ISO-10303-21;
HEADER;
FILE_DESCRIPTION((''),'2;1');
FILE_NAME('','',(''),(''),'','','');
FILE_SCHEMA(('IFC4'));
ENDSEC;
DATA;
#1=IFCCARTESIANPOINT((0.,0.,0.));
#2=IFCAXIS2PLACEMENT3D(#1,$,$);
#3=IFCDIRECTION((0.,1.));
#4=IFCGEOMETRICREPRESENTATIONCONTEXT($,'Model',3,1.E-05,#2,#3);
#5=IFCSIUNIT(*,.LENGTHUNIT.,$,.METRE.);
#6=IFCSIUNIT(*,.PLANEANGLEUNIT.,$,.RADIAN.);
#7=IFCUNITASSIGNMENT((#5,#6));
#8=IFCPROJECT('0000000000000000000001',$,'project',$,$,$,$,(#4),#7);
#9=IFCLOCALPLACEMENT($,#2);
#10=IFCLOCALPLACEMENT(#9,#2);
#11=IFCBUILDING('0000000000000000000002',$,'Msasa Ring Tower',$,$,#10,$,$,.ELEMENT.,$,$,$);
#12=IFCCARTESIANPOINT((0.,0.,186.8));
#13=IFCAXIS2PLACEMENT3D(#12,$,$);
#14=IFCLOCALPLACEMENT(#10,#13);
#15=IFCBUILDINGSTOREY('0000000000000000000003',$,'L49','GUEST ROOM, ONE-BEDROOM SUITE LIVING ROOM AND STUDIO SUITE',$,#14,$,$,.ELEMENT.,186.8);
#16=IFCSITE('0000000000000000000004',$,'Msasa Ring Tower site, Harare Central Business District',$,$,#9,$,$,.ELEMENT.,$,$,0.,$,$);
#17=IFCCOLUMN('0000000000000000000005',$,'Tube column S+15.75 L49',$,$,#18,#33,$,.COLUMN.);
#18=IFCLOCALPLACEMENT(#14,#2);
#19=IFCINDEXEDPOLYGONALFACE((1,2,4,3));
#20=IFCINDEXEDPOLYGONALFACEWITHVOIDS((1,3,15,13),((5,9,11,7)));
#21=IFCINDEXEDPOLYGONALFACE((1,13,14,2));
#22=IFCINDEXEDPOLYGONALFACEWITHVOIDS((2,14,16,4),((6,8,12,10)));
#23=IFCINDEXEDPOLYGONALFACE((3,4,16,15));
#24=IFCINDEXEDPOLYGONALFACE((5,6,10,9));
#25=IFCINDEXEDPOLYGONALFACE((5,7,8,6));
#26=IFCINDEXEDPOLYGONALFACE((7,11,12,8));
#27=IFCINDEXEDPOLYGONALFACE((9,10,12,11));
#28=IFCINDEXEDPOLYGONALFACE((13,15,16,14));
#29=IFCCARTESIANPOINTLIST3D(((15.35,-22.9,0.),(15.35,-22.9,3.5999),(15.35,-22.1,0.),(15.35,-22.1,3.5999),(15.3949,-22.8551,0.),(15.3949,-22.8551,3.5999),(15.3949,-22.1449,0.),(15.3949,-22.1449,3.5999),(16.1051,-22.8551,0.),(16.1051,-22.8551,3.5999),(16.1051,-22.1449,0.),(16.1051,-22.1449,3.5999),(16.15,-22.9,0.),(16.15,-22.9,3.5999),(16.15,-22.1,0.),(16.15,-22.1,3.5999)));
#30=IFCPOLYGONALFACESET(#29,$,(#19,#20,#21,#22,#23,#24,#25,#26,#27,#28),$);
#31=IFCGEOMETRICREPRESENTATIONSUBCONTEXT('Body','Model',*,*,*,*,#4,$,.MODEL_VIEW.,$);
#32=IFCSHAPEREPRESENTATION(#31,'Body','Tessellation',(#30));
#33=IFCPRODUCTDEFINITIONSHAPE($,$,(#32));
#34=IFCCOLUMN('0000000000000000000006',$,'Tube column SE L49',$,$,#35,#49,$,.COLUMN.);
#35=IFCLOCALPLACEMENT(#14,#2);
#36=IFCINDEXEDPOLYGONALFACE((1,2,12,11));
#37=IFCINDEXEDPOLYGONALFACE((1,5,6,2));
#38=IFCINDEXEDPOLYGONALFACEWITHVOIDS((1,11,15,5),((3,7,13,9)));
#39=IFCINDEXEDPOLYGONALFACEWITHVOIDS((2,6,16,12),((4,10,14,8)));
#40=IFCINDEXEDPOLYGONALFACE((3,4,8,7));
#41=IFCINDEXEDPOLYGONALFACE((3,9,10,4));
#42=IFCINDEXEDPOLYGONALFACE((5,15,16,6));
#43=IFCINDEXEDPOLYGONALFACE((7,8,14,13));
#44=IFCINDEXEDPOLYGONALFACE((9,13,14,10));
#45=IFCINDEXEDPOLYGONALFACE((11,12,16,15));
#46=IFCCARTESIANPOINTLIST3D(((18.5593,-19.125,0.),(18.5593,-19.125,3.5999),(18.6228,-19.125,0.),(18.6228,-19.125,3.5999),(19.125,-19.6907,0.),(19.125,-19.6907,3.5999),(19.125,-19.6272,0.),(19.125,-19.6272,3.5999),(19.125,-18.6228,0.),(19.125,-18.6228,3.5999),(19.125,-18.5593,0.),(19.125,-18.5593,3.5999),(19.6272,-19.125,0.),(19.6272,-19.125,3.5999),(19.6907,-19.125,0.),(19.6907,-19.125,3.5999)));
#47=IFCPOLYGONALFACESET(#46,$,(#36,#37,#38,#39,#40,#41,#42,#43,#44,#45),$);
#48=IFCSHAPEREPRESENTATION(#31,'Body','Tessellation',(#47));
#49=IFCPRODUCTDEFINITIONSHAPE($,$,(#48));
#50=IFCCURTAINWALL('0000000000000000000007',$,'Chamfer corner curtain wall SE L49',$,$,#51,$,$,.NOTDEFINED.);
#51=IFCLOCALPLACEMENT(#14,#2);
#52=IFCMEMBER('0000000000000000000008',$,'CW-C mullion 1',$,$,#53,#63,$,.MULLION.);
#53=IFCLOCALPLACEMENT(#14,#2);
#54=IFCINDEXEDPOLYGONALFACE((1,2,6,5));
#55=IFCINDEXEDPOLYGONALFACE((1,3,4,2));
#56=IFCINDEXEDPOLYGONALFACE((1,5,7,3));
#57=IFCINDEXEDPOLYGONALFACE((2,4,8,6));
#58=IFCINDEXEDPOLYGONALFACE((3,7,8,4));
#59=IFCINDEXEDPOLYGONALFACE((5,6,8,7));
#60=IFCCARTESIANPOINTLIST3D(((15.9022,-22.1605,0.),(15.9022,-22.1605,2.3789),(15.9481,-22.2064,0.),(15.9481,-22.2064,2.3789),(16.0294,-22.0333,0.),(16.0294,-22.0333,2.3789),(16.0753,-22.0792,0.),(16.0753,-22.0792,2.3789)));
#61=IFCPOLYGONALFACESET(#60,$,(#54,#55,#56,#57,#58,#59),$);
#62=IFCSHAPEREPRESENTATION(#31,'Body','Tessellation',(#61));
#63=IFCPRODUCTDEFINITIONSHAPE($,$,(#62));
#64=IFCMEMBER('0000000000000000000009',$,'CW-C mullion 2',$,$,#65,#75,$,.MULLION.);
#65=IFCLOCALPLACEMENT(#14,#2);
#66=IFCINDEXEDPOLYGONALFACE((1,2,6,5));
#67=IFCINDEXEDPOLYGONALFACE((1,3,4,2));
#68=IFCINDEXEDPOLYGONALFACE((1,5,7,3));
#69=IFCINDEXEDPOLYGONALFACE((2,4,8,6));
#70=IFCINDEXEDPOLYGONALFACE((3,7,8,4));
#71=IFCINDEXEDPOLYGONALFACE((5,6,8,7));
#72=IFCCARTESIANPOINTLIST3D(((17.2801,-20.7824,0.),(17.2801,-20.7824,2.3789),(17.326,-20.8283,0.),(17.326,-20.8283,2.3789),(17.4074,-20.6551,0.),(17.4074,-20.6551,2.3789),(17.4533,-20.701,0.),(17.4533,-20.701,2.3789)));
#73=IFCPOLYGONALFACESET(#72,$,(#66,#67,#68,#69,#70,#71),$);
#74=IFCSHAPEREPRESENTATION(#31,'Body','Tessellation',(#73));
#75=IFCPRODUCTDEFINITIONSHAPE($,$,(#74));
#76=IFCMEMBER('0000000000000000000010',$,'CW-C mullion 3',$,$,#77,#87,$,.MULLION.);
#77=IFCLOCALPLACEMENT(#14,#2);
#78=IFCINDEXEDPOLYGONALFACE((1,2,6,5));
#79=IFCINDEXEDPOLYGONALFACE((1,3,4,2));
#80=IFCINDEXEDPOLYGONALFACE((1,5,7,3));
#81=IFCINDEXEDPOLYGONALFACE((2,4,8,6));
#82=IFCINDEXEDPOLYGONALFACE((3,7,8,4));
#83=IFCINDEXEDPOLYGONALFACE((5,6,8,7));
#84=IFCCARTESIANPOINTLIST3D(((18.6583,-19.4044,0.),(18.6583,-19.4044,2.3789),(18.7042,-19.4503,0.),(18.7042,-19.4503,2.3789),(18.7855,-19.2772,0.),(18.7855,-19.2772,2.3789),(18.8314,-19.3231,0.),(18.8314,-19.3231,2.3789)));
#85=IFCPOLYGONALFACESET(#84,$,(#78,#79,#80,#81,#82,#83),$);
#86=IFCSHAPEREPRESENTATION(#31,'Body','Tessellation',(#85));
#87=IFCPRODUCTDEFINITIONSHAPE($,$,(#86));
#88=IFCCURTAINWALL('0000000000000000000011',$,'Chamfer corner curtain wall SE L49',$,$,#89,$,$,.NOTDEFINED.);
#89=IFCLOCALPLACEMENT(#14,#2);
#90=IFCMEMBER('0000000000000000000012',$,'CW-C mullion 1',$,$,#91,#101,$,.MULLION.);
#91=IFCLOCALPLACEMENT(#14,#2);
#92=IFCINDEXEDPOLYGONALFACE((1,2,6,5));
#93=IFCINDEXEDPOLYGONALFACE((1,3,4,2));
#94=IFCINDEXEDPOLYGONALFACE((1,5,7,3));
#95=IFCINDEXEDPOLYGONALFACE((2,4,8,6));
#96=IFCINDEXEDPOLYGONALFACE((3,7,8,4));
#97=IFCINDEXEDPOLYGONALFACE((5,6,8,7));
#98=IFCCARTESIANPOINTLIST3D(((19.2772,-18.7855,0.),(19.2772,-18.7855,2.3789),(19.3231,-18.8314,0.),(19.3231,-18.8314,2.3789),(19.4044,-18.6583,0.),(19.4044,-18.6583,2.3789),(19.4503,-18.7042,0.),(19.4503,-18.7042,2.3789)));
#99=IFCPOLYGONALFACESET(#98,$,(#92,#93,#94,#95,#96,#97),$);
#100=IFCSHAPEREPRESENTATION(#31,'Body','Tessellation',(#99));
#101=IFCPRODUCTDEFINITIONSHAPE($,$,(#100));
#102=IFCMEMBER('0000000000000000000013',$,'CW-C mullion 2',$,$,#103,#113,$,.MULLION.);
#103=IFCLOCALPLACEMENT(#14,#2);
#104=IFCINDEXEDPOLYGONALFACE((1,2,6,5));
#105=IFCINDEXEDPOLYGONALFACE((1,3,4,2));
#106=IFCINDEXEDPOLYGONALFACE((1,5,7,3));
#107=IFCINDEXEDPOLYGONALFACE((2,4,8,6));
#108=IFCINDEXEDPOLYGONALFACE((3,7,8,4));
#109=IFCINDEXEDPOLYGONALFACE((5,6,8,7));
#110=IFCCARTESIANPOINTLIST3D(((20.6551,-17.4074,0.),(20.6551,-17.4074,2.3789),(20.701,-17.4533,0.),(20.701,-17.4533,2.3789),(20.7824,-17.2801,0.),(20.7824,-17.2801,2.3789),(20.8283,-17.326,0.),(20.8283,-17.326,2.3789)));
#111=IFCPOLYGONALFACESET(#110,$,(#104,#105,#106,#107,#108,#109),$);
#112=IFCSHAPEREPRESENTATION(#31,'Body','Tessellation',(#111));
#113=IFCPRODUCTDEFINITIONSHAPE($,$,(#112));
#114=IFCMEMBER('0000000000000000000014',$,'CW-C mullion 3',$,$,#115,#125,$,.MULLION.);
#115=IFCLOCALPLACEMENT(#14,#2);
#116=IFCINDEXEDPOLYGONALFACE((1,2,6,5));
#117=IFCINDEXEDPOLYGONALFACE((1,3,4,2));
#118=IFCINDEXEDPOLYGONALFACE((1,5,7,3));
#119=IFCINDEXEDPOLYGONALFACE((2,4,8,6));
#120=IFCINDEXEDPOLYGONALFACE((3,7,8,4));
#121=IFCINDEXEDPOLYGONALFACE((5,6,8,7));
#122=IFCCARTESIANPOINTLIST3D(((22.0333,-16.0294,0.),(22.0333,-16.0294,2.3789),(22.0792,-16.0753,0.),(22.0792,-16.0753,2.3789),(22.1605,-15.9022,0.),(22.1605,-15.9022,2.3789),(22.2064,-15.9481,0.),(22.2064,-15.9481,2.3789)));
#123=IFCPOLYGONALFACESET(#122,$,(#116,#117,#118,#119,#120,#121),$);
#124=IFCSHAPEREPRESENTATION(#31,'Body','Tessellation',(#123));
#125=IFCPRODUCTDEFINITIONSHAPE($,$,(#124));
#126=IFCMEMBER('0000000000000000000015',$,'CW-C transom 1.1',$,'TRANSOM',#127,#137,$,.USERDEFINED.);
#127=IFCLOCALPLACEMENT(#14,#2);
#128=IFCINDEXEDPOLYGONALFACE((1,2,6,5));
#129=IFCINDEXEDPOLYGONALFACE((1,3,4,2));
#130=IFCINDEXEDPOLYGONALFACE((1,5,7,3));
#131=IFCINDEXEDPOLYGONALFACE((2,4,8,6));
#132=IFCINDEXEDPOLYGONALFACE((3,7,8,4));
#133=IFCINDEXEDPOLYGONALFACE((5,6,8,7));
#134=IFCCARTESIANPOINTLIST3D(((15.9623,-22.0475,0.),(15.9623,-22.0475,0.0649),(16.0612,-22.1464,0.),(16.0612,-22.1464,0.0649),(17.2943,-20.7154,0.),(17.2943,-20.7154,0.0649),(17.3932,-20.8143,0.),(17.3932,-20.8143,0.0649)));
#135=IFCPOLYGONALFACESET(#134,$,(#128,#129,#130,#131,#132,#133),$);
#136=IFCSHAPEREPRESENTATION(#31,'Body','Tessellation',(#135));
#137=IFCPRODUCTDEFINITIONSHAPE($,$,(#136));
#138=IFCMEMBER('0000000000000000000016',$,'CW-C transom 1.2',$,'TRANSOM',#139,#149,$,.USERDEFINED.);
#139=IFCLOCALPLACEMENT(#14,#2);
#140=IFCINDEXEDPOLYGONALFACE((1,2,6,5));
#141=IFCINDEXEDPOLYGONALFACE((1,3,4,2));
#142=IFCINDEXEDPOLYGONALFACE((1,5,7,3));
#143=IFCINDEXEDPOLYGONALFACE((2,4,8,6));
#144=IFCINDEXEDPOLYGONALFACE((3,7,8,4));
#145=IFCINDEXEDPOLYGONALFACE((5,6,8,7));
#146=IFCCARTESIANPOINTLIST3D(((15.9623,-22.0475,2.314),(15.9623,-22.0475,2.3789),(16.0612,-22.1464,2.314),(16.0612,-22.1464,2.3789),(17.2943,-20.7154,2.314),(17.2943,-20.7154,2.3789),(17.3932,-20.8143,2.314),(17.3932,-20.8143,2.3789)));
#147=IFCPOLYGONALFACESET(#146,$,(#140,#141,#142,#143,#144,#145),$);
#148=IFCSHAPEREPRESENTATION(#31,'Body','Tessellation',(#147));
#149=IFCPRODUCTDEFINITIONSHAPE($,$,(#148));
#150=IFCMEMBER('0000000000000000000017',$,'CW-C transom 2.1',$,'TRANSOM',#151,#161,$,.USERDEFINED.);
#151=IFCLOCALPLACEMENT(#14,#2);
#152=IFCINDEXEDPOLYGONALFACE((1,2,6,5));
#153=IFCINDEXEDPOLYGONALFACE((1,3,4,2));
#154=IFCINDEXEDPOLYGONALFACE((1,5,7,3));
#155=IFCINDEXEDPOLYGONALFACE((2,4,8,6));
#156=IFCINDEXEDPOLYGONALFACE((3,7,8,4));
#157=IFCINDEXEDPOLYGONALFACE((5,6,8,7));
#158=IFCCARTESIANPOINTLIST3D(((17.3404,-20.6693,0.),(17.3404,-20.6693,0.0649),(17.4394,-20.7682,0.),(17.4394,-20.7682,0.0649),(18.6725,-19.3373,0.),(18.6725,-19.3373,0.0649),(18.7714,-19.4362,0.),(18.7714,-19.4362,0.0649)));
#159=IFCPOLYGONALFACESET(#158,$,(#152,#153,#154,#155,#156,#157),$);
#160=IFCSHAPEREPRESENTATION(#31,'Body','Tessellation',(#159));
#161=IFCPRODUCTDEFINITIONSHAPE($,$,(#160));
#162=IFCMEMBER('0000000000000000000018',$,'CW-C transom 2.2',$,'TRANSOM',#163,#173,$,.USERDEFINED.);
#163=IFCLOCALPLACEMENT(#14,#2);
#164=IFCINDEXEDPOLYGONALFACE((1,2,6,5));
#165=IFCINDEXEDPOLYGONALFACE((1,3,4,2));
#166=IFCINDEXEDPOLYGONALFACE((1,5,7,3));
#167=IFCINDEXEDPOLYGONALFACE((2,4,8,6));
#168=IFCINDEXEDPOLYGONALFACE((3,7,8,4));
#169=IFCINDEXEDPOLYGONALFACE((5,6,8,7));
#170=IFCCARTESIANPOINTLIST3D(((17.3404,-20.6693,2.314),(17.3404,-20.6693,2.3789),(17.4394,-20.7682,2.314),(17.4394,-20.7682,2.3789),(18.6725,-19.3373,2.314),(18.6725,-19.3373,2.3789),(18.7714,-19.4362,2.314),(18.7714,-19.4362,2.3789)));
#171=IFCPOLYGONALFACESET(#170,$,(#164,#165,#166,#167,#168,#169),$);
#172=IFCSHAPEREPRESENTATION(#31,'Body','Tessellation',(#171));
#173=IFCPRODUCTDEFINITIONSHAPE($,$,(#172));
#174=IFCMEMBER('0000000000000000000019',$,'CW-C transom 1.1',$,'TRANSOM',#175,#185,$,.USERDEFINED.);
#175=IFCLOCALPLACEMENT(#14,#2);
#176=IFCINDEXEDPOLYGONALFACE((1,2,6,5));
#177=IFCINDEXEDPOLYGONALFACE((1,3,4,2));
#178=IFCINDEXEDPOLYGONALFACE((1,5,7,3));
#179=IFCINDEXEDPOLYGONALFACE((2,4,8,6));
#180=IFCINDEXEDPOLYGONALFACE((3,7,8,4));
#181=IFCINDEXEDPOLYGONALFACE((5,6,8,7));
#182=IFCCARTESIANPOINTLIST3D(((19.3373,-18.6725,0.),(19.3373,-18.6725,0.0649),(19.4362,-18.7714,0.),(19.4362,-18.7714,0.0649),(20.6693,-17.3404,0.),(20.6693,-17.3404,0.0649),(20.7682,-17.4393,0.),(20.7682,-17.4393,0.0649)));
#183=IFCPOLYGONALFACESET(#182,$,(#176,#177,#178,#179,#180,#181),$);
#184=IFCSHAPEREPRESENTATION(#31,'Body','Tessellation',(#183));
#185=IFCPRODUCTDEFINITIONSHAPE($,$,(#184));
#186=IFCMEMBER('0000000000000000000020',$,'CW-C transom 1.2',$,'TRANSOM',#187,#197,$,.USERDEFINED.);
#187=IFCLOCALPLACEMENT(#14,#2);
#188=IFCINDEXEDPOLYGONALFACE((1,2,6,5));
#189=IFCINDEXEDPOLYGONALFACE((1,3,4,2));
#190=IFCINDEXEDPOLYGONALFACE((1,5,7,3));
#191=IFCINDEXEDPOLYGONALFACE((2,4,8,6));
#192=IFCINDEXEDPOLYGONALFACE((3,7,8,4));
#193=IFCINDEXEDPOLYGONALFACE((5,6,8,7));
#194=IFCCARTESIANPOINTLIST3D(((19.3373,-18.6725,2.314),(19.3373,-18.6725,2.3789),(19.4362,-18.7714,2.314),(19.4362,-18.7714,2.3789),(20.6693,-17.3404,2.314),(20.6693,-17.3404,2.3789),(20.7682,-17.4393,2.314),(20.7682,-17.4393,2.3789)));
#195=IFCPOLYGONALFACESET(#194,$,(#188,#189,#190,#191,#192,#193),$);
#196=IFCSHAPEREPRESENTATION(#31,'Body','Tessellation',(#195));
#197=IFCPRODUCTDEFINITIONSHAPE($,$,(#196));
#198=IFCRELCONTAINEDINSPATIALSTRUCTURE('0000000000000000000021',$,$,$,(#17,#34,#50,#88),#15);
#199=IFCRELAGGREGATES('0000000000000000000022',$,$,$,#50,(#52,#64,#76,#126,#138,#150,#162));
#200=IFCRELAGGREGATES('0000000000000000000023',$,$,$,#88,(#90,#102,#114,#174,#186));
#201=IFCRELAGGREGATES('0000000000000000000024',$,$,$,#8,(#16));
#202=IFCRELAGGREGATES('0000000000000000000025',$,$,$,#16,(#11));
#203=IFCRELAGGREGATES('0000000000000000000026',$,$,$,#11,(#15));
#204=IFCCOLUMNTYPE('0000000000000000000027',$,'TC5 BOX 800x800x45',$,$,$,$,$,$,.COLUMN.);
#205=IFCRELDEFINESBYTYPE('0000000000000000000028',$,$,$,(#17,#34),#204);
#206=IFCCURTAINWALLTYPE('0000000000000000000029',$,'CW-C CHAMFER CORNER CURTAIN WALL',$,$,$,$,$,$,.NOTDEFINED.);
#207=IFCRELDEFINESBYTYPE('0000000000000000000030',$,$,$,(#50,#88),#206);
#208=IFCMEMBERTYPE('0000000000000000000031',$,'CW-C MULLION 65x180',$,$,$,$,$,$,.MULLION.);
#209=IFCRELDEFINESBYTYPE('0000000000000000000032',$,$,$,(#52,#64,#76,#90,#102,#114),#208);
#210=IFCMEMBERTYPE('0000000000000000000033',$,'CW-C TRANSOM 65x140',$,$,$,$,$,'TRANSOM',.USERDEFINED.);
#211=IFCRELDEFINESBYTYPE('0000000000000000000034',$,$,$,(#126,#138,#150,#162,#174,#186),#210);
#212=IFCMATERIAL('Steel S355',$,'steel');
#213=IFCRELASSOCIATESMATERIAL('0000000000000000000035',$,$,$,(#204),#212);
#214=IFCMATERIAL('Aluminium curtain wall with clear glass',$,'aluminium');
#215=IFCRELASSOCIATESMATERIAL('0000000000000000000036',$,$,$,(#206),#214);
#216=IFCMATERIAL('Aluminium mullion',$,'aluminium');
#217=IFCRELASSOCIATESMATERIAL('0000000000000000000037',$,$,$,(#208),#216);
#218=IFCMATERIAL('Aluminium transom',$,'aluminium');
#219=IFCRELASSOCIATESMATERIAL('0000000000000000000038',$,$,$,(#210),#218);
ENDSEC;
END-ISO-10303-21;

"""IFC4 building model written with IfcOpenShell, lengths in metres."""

from ifc_helpers import new_model, si_unit, direction, frame, origin, origin_2d, place, context, subcontext, project, spatial, rectangle, hollow_rectangle, extrude, material, material_profile, profile_set, type_object, element, aggregate, save


model = new_model("IFC4")

# Units and contexts
model_context = context("Model", 3, precision=1e-05, world=origin(), true_north=direction((0.0, 1.0)))
body_context = subcontext(model_context, "Body", "Model", "MODEL_VIEW")
ifc_project = project(units=[si_unit("LENGTHUNIT", "METRE"), si_unit("PLANEANGLEUNIT", "RADIAN")], contexts=[model_context])

# Site, building, storey
site_placement = place(None, origin())
site = spatial("IfcSite", under=ifc_project, at=site_placement, Name="Msasa Ring Tower site, Harare Central Business District", CompositionType="ELEMENT", RefElevation=0.0)
building_placement = place(site_placement, origin())
building = spatial("IfcBuilding", under=site, at=building_placement, Name="Msasa Ring Tower", CompositionType="ELEMENT")
storey_placement = place(building_placement, frame((0.0, 0.0, 186.8)))
storey = spatial("IfcBuildingStorey", under=building, at=storey_placement, Name="L49", Description="GUEST ROOM, ONE-BEDROOM SUITE LIVING ROOM AND STUDIO SUITE", CompositionType="ELEMENT", Elevation=186.8)

# Columns
ifc_material_1 = material(Name="Steel S355", Category="steel")
ifc_material_profile_1 = material_profile(ifc_material_1, hollow_rectangle(XDim=0.8, YDim=0.8, WallThickness=0.0449, at=origin_2d()), Name="BOX 800x800x45")
ifc_profile_set_1 = profile_set([ifc_material_profile_1], Name="Steel S355")
column_type = type_object("IfcColumnType", Name="TC5 BOX 800x800x45", PredefinedType="COLUMN", material=ifc_profile_set_1)
for number, where, z_axis, x_axis, name in (
    (1, (15.75, -22.5, 0.0), (0.0, 0.0, 1.0), (0.0, 1.0, 0.0), "Tube column S+15.75 L49"),
    (2, (19.125, -19.125, 0.0), (0.0, 0.0, 1.0), (0.707107, -0.707107, 0.0), "Tube column SE L49"),
):
    element("IfcColumn", number, at=place(storey_placement, frame(where, z_axis=z_axis, x_axis=x_axis)), inside=storey, type_object=column_type, Name=name, PredefinedType="COLUMN", context=body_context, shape_type="SweptSolid", body=[
        extrude(hollow_rectangle(XDim=0.8, YDim=0.8, WallThickness=0.0449, at=origin_2d()), origin(), (0.0, 0.0, 1.0), 3.5999),
    ])

# Curtain walls, members
ifc_material_2 = material(Name="Aluminium curtain wall with clear glass", Category="aluminium")
curtain_wall_type = type_object("IfcCurtainWallType", Name="CW-C CHAMFER CORNER CURTAIN WALL", PredefinedType="NOTDEFINED", material=ifc_material_2)
curtain_wall_1_placement = place(storey_placement, origin())
curtain_wall_1 = element("IfcCurtainWall", 3, at=curtain_wall_1_placement, inside=storey, type_object=curtain_wall_type, Name="Chamfer corner curtain wall SE L49", PredefinedType="NOTDEFINED")
ifc_material_3 = material(Name="Aluminium mullion", Category="aluminium")
ifc_material_profile_2 = material_profile(ifc_material_3, rectangle(XDim=0.0649, YDim=0.1799, at=origin_2d()), Name="AL 65x180")
ifc_profile_set_2 = profile_set([ifc_material_profile_2], Name="Aluminium mullion")
member_type_1 = type_object("IfcMemberType", Name="CW-C MULLION 65x180", PredefinedType="MULLION", material=ifc_profile_set_2)
member_1_placement = place(storey_placement, frame((15.9888, -22.1199, 0.0), z_axis=(0.0, 0.0, 1.0), x_axis=(-0.707107, 0.707107, 0.0)))
member_1 = element("IfcMember", 4, at=member_1_placement, type_object=member_type_1, Name="CW-C mullion 1", PredefinedType="MULLION", context=body_context, shape_type="SweptSolid", body=[
    extrude(rectangle(XDim=0.0649, YDim=0.1799, at=origin_2d()), origin(), (0.0, 0.0, 1.0), 2.3789),
])
member_2_placement = place(storey_placement, frame((17.3667, -20.7417, 0.0), z_axis=(0.0, 0.0, 1.0), x_axis=(-0.707107, 0.707107, 0.0)))
member_2 = element("IfcMember", 5, at=member_2_placement, type_object=member_type_1, Name="CW-C mullion 2", PredefinedType="MULLION", context=body_context, shape_type="SweptSolid", body=[
    extrude(rectangle(XDim=0.0649, YDim=0.1799, at=origin_2d()), origin(), (0.0, 0.0, 1.0), 2.3789),
])
member_3_placement = place(storey_placement, frame((18.7449, -19.3638, 0.0), z_axis=(0.0, 0.0, 1.0), x_axis=(-0.707107, 0.707107, 0.0)))
member_3 = element("IfcMember", 6, at=member_3_placement, type_object=member_type_1, Name="CW-C mullion 3", PredefinedType="MULLION", context=body_context, shape_type="SweptSolid", body=[
    extrude(rectangle(XDim=0.0649, YDim=0.1799, at=origin_2d()), origin(), (0.0, 0.0, 1.0), 2.3789),
])
curtain_wall_2_placement = place(storey_placement, origin())
curtain_wall_2 = element("IfcCurtainWall", 7, at=curtain_wall_2_placement, inside=storey, type_object=curtain_wall_type, Name="Chamfer corner curtain wall SE L49", PredefinedType="NOTDEFINED")
member_4_placement = place(storey_placement, frame((19.3638, -18.7449, 0.0), z_axis=(0.0, 0.0, 1.0), x_axis=(-0.707107, 0.707107, 0.0)))
member_4 = element("IfcMember", 8, at=member_4_placement, type_object=member_type_1, Name="CW-C mullion 1", PredefinedType="MULLION", context=body_context, shape_type="SweptSolid", body=[
    extrude(rectangle(XDim=0.0649, YDim=0.1799, at=origin_2d()), origin(), (0.0, 0.0, 1.0), 2.3789),
])
member_5_placement = place(storey_placement, frame((20.7417, -17.3667, 0.0), z_axis=(0.0, 0.0, 1.0), x_axis=(-0.707107, 0.707107, 0.0)))
member_5 = element("IfcMember", 9, at=member_5_placement, type_object=member_type_1, Name="CW-C mullion 2", PredefinedType="MULLION", context=body_context, shape_type="SweptSolid", body=[
    extrude(rectangle(XDim=0.0649, YDim=0.1799, at=origin_2d()), origin(), (0.0, 0.0, 1.0), 2.3789),
])
member_6_placement = place(storey_placement, frame((22.1199, -15.9888, 0.0), z_axis=(0.0, 0.0, 1.0), x_axis=(-0.707107, 0.707107, 0.0)))
member_6 = element("IfcMember", 10, at=member_6_placement, type_object=member_type_1, Name="CW-C mullion 3", PredefinedType="MULLION", context=body_context, shape_type="SweptSolid", body=[
    extrude(rectangle(XDim=0.0649, YDim=0.1799, at=origin_2d()), origin(), (0.0, 0.0, 1.0), 2.3789),
])

# Members
ifc_material_4 = material(Name="Aluminium transom", Category="aluminium")
ifc_material_profile_3 = material_profile(ifc_material_4, rectangle(XDim=0.1399, YDim=0.0649, at=origin_2d()), Name="AL 65x140")
ifc_profile_set_3 = profile_set([ifc_material_profile_3], Name="Aluminium transom")
member_type_2 = type_object("IfcMemberType", Name="CW-C TRANSOM 65x140", ElementType="TRANSOM", PredefinedType="USERDEFINED", material=ifc_profile_set_3)
member_7_placement = place(storey_placement, frame((16.0117, -22.0969, 0.0325), z_axis=(0.707107, 0.707107, 0.0), x_axis=(-0.707107, 0.707107, 0.0)))
member_7 = element("IfcMember", 11, at=member_7_placement, type_object=member_type_2, Name="CW-C transom 1.1", ObjectType="TRANSOM", PredefinedType="USERDEFINED", context=body_context, shape_type="SweptSolid", body=[
    extrude(rectangle(XDim=0.1399, YDim=0.0649, at=origin_2d()), origin(), (0.0, 0.0, 1.0), 1.8838),
])
member_8_placement = place(storey_placement, frame((16.0117, -22.0969, 2.3464), z_axis=(0.707107, 0.707107, 0.0), x_axis=(-0.707107, 0.707107, 0.0)))
member_8 = element("IfcMember", 12, at=member_8_placement, type_object=member_type_2, Name="CW-C transom 1.2", ObjectType="TRANSOM", PredefinedType="USERDEFINED", context=body_context, shape_type="SweptSolid", body=[
    extrude(rectangle(XDim=0.1399, YDim=0.0649, at=origin_2d()), origin(), (0.0, 0.0, 1.0), 1.8838),
])
member_9_placement = place(storey_placement, frame((17.3899, -20.7188, 0.0325), z_axis=(0.707107, 0.707107, 0.0), x_axis=(-0.707107, 0.707107, 0.0)))
member_9 = element("IfcMember", 13, at=member_9_placement, type_object=member_type_2, Name="CW-C transom 2.1", ObjectType="TRANSOM", PredefinedType="USERDEFINED", context=body_context, shape_type="SweptSolid", body=[
    extrude(rectangle(XDim=0.1399, YDim=0.0649, at=origin_2d()), origin(), (0.0, 0.0, 1.0), 1.8838),
])
member_10_placement = place(storey_placement, frame((17.3899, -20.7188, 2.3464), z_axis=(0.707107, 0.707107, 0.0), x_axis=(-0.707107, 0.707107, 0.0)))
member_10 = element("IfcMember", 14, at=member_10_placement, type_object=member_type_2, Name="CW-C transom 2.2", ObjectType="TRANSOM", PredefinedType="USERDEFINED", context=body_context, shape_type="SweptSolid", body=[
    extrude(rectangle(XDim=0.1399, YDim=0.0649, at=origin_2d()), origin(), (0.0, 0.0, 1.0), 1.8838),
])
member_11_placement = place(storey_placement, frame((19.3867, -18.7219, 0.0325), z_axis=(0.707107, 0.707107, 0.0), x_axis=(-0.707107, 0.707107, 0.0)))
member_11 = element("IfcMember", 15, at=member_11_placement, type_object=member_type_2, Name="CW-C transom 1.1", ObjectType="TRANSOM", PredefinedType="USERDEFINED", context=body_context, shape_type="SweptSolid", body=[
    extrude(rectangle(XDim=0.1399, YDim=0.0649, at=origin_2d()), origin(), (0.0, 0.0, 1.0), 1.8838),
])
member_12_placement = place(storey_placement, frame((19.3867, -18.7219, 2.3464), z_axis=(0.707107, 0.707107, 0.0), x_axis=(-0.707107, 0.707107, 0.0)))
member_12 = element("IfcMember", 16, at=member_12_placement, type_object=member_type_2, Name="CW-C transom 1.2", ObjectType="TRANSOM", PredefinedType="USERDEFINED", context=body_context, shape_type="SweptSolid", body=[
    extrude(rectangle(XDim=0.1399, YDim=0.0649, at=origin_2d()), origin(), (0.0, 0.0, 1.0), 1.8838),
])

aggregate(curtain_wall_1, [member_1, member_2, member_3, member_7, member_8, member_9, member_10])
aggregate(curtain_wall_2, [member_4, member_5, member_6, member_11, member_12])

save(model, "model.ifc")
